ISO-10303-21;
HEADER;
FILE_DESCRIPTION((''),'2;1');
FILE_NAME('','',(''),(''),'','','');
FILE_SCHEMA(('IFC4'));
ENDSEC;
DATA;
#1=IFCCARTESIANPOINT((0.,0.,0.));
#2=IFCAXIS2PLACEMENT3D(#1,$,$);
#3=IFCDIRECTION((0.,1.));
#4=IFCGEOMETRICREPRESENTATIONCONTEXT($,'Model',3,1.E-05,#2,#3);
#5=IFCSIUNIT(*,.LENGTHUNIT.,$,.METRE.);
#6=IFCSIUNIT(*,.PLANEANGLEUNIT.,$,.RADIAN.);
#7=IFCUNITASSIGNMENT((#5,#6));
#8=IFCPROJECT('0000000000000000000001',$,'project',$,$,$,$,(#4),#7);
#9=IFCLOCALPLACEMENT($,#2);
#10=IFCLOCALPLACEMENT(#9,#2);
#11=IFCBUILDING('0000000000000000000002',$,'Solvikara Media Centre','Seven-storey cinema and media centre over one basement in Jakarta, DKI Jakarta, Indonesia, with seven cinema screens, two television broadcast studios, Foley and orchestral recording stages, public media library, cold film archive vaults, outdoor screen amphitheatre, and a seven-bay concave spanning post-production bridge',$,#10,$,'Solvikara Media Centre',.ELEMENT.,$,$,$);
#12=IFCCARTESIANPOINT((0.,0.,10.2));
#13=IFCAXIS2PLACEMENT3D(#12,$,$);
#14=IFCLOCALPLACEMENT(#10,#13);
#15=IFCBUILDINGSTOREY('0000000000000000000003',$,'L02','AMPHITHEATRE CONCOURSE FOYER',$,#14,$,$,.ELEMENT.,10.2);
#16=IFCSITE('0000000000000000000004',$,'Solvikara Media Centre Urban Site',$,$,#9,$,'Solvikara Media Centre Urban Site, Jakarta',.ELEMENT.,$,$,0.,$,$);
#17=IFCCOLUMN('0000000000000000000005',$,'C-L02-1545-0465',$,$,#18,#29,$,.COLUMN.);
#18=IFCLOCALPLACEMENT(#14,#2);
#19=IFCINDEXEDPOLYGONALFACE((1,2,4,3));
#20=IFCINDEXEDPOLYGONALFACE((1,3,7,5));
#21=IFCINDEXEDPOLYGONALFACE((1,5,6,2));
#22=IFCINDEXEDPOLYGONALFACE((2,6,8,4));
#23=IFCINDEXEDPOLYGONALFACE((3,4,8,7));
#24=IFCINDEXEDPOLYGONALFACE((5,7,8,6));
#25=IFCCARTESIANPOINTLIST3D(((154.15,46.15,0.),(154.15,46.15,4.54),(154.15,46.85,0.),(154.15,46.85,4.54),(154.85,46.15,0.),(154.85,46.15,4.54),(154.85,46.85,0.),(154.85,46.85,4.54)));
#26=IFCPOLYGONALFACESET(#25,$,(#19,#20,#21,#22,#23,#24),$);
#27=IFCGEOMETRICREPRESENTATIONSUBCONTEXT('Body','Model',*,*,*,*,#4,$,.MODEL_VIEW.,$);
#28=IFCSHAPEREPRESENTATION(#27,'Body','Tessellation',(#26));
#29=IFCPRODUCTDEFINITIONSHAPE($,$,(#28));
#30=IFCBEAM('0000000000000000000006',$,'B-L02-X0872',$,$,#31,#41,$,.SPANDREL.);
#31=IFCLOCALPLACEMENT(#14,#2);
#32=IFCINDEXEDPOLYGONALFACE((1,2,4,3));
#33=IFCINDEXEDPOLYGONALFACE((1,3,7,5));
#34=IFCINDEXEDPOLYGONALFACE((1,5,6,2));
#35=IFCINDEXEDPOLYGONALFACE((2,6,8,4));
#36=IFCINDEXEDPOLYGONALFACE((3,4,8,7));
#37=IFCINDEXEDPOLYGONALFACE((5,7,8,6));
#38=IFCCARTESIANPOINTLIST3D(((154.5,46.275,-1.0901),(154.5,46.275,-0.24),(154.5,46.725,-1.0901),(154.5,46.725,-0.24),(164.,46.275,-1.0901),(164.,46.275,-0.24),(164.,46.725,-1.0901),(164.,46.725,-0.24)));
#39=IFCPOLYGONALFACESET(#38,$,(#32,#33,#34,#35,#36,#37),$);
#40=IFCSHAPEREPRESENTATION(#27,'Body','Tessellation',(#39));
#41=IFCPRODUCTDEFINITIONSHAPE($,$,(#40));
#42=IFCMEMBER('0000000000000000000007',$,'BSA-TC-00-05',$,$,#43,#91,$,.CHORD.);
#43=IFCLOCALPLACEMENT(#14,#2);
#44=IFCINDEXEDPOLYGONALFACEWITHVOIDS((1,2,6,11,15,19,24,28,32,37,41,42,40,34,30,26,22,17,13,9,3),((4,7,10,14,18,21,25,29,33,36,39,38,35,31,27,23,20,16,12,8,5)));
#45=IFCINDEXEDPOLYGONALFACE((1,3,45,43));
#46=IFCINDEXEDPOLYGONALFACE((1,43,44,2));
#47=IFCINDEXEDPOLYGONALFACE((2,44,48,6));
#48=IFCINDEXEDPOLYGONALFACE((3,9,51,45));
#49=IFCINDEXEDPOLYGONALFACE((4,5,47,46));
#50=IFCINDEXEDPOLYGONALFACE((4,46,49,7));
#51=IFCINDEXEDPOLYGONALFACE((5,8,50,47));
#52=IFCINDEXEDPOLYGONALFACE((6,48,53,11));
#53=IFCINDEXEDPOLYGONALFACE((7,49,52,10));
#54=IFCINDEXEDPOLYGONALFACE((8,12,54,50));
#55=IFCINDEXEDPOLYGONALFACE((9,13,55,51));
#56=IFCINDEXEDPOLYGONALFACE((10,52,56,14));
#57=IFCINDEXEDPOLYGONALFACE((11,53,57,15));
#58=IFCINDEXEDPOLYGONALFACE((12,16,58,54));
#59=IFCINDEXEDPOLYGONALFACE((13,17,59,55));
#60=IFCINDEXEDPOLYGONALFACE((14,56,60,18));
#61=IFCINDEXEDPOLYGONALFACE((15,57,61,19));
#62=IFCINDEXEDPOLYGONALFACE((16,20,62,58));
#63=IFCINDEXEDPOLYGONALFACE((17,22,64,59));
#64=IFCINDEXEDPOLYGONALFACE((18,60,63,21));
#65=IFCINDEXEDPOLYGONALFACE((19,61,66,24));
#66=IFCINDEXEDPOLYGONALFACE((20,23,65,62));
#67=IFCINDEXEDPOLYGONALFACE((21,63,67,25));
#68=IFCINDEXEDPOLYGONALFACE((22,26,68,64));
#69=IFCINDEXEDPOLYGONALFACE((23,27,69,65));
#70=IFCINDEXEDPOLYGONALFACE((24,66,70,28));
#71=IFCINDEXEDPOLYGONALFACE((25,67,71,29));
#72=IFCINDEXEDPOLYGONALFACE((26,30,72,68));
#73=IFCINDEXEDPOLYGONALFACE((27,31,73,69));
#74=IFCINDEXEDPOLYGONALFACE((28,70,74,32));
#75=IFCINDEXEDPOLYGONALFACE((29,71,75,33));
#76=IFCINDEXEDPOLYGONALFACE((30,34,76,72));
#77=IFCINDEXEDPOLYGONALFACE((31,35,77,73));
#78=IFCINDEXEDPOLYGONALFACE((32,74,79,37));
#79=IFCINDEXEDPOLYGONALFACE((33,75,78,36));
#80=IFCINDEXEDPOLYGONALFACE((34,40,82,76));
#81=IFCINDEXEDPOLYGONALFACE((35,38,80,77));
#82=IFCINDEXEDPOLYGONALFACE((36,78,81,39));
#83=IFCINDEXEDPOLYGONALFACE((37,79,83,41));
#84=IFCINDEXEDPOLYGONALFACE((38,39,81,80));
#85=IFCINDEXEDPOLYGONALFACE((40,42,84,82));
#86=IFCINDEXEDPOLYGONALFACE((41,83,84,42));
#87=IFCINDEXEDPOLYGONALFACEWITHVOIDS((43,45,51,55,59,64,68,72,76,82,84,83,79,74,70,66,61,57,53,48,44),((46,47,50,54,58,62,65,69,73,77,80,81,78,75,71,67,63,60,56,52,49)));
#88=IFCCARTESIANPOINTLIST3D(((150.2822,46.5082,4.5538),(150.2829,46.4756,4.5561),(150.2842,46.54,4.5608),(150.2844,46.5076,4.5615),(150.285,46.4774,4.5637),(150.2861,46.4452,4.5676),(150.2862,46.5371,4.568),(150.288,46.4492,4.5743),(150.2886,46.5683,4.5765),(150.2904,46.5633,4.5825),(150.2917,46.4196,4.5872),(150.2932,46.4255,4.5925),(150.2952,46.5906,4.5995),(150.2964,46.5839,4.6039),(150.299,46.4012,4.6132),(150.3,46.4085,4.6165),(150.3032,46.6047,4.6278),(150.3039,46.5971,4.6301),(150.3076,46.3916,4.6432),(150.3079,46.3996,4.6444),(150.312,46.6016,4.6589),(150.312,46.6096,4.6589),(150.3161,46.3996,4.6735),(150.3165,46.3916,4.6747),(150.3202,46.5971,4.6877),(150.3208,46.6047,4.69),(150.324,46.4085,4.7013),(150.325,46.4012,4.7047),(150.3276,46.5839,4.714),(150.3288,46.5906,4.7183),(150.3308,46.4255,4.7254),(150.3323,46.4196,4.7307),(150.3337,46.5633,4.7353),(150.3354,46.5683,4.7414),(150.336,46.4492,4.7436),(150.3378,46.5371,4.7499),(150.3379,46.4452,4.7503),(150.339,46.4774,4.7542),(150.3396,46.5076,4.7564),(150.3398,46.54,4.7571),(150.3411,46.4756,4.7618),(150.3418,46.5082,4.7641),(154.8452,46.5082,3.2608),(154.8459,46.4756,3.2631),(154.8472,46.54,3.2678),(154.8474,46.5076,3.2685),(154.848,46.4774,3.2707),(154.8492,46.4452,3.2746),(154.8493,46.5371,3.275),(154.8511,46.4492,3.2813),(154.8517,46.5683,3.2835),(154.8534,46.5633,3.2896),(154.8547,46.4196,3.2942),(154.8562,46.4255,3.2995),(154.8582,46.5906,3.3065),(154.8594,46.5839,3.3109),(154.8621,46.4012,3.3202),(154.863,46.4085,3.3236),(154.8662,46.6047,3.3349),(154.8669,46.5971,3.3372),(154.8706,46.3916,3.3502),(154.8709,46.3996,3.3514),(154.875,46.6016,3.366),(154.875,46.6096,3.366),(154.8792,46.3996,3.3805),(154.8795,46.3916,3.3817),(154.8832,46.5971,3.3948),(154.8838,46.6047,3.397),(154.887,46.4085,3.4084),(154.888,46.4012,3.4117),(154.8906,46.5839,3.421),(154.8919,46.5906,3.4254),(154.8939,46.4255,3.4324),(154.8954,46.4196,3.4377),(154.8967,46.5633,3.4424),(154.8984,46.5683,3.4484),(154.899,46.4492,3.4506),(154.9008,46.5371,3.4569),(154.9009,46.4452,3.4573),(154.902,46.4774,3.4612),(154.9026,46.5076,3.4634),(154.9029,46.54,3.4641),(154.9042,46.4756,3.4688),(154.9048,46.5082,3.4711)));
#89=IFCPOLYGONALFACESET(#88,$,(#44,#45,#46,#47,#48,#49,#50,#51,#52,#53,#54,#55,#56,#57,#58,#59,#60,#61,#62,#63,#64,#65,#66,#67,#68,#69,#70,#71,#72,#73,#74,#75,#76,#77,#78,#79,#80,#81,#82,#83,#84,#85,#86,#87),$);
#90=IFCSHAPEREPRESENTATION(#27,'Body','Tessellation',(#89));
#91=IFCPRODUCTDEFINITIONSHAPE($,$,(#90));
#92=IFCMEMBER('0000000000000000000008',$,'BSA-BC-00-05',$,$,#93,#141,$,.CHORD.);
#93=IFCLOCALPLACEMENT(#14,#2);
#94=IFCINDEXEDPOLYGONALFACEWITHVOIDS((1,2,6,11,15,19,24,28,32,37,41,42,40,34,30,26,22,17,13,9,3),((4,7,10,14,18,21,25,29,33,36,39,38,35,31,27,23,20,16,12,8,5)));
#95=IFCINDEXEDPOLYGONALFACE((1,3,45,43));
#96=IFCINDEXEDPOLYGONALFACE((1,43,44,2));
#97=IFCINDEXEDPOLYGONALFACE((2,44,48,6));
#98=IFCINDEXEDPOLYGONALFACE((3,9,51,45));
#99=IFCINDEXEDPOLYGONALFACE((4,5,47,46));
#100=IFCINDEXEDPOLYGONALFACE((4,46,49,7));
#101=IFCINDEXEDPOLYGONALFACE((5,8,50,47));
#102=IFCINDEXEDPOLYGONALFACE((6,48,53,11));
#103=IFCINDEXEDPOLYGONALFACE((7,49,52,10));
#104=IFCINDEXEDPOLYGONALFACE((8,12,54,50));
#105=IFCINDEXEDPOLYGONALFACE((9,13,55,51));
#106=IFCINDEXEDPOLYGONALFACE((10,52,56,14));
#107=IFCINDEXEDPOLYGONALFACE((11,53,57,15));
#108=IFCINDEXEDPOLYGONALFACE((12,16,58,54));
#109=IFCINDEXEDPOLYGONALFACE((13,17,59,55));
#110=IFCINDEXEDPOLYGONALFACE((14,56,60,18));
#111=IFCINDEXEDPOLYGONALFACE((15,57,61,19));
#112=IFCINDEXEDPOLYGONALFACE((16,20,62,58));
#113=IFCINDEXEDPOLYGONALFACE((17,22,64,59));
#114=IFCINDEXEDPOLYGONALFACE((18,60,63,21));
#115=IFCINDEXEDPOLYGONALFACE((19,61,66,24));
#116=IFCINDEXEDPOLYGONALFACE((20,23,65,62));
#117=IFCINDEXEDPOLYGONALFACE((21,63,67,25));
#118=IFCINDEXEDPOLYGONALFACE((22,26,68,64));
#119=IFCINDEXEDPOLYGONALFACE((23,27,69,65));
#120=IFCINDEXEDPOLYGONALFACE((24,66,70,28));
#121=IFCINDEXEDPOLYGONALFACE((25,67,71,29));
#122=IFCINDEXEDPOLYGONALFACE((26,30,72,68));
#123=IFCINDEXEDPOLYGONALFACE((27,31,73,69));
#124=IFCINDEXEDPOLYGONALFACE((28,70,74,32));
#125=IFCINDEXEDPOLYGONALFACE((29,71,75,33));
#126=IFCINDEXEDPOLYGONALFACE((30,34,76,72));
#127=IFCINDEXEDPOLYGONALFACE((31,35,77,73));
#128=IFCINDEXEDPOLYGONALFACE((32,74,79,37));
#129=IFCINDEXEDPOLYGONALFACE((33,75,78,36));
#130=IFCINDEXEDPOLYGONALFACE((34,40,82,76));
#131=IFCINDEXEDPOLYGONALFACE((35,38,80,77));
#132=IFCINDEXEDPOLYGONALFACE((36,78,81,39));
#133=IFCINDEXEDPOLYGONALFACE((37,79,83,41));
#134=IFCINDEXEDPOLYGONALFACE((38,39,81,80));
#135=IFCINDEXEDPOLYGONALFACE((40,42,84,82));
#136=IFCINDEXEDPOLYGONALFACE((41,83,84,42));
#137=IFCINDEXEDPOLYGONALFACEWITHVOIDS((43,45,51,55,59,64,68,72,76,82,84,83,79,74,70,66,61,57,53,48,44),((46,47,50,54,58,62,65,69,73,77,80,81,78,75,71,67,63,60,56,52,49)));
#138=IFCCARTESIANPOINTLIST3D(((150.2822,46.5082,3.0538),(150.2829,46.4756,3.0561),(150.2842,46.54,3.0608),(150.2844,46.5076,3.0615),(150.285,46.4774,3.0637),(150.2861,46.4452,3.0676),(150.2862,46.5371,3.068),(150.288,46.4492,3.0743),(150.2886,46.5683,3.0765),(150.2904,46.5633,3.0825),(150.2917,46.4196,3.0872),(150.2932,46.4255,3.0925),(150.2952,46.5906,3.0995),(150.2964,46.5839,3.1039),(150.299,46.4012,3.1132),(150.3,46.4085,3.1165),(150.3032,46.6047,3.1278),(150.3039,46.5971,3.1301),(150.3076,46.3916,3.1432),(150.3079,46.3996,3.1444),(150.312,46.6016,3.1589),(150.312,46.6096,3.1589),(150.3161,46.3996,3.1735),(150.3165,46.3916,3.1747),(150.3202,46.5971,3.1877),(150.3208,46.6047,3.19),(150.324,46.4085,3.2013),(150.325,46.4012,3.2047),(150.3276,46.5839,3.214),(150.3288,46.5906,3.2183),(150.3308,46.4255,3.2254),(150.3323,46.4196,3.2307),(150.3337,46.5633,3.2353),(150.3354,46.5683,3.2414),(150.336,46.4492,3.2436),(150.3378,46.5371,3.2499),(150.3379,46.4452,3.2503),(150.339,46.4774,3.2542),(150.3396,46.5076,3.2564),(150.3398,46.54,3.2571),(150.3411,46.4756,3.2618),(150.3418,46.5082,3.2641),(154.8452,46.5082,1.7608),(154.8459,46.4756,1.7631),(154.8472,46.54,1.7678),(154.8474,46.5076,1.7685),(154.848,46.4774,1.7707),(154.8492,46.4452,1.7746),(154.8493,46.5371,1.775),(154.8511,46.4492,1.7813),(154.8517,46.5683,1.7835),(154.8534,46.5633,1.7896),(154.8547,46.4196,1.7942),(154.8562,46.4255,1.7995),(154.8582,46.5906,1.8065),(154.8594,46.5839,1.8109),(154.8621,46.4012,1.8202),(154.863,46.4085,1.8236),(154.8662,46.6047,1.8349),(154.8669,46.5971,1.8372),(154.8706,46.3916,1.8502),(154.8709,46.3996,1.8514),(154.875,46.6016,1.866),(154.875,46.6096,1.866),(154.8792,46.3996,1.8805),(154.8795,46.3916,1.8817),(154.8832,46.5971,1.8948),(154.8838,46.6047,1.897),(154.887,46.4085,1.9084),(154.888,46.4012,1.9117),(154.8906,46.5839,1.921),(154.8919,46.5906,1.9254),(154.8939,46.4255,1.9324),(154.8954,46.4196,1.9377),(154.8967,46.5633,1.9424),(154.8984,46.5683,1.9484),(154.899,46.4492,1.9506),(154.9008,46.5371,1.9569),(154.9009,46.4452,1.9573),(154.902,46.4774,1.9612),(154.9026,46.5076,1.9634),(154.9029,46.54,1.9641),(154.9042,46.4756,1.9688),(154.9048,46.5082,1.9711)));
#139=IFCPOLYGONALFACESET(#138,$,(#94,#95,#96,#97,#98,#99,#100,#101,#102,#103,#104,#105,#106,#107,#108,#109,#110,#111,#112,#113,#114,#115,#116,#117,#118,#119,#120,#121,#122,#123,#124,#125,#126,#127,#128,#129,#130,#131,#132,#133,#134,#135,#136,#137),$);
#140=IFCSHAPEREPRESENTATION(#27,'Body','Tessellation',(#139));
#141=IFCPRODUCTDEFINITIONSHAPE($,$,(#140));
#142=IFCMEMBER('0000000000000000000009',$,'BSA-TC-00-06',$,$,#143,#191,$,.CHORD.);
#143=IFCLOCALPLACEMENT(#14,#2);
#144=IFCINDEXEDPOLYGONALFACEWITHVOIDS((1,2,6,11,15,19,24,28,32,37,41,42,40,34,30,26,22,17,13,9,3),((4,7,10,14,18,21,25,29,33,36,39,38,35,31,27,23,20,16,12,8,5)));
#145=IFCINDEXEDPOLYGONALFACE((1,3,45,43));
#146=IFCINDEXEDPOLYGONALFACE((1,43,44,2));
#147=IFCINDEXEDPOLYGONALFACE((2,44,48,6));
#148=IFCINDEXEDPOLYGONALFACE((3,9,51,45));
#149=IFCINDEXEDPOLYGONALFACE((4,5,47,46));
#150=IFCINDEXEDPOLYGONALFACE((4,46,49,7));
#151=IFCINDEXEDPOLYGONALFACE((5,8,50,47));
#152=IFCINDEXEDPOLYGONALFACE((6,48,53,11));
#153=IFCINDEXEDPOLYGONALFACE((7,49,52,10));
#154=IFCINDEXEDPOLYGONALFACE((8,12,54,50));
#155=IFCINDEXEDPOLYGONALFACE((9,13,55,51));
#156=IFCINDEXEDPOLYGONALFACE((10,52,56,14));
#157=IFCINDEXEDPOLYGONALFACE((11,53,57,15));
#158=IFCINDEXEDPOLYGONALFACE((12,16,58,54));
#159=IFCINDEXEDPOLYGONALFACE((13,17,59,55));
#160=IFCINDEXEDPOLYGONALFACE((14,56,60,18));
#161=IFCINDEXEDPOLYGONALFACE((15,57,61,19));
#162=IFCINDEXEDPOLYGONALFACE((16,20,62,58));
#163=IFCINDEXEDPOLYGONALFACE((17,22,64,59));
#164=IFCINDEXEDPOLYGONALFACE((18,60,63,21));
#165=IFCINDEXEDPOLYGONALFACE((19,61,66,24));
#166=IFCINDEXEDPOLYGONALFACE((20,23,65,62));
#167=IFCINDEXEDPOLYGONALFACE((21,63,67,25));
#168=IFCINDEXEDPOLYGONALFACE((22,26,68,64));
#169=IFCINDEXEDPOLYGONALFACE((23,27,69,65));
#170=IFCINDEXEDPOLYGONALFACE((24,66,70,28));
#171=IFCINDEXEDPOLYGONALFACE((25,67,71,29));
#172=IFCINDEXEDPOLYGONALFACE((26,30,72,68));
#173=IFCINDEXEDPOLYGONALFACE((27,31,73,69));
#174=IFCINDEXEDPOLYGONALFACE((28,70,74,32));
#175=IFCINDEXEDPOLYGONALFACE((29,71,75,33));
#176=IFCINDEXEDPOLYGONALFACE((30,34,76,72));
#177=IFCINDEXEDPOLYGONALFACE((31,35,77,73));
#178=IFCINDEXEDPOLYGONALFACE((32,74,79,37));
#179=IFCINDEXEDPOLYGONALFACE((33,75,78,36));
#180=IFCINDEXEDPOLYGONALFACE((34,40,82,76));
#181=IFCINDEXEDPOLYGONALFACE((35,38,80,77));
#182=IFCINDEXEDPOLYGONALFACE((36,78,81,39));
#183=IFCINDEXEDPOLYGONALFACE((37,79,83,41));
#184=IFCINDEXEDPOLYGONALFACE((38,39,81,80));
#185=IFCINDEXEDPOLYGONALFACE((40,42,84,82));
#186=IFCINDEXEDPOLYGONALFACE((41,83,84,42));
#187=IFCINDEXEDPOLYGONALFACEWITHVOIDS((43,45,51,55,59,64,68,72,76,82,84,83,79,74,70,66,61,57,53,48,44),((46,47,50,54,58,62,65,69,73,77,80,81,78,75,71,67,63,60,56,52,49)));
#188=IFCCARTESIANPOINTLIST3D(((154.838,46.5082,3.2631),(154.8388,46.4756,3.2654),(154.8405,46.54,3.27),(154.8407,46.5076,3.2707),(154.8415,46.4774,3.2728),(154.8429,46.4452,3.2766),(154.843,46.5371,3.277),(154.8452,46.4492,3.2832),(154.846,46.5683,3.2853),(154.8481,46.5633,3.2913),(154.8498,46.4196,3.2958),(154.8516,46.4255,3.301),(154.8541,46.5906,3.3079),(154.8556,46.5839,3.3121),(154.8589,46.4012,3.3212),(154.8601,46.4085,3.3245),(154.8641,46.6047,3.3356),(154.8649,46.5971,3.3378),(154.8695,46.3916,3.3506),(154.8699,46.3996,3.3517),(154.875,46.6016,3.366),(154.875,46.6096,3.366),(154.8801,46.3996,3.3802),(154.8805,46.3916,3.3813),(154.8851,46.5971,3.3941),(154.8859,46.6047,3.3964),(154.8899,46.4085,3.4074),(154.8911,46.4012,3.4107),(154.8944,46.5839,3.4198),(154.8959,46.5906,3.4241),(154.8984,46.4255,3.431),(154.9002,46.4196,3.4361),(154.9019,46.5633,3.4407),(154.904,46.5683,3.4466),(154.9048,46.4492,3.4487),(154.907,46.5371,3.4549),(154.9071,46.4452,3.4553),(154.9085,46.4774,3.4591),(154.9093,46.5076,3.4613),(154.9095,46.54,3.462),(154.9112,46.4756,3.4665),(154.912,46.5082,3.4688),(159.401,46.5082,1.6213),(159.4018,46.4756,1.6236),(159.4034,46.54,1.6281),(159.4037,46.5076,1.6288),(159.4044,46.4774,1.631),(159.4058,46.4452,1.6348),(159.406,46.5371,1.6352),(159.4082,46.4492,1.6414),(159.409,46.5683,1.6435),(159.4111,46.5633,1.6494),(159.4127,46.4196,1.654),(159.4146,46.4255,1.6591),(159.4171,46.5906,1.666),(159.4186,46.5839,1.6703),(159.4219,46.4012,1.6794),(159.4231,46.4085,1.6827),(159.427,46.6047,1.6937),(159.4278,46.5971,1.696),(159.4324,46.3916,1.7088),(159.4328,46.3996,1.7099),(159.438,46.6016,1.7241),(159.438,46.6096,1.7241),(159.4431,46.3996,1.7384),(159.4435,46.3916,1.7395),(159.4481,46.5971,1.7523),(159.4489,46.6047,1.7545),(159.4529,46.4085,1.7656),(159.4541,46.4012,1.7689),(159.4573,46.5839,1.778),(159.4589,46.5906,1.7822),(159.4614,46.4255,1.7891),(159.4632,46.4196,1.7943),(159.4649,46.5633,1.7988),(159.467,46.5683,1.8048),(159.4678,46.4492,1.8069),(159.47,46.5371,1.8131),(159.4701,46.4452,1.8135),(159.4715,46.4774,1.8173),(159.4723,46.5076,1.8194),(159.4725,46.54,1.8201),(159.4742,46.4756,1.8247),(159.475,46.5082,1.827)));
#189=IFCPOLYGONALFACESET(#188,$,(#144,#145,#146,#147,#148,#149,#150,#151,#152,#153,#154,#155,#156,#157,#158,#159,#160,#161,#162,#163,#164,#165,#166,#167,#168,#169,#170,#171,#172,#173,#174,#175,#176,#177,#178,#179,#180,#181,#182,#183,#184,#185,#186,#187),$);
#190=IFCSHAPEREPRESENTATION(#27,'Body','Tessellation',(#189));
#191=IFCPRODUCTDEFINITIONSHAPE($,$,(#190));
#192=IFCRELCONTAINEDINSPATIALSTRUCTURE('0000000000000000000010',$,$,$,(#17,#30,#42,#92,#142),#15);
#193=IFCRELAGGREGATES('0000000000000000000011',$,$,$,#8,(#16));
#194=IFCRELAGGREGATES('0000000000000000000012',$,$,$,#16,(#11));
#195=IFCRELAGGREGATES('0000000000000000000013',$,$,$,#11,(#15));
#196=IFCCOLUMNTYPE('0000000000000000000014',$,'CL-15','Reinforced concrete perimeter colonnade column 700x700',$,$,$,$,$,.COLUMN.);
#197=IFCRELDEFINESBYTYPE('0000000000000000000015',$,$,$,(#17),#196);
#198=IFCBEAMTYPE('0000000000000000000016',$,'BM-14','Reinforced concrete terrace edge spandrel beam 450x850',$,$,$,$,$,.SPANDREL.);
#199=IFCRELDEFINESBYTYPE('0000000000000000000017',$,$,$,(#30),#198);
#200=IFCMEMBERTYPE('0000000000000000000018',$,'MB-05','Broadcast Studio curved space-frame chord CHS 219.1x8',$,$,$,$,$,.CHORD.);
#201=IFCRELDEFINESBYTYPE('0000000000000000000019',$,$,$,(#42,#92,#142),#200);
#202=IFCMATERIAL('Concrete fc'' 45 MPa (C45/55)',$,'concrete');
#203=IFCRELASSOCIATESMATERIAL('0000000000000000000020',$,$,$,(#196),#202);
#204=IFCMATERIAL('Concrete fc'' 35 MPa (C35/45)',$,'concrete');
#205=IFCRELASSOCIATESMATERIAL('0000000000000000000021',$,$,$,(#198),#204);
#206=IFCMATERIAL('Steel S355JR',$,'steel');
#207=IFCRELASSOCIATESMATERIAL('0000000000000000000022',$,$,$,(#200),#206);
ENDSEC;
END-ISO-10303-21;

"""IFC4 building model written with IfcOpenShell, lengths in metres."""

from ifc_helpers import new_model, si_unit, direction, frame, origin, origin_2d, place, context, subcontext, project, spatial, rectangle, hollow_circle, extrude, material, material_profile, profile_set, type_object, element, save


model = new_model("IFC4")

# Units and contexts
model_context = context("Model", 3, precision=1e-05, world=origin(), true_north=direction((0.0, 1.0)))
body_context = subcontext(model_context, "Body", "Model", "MODEL_VIEW")
ifc_project = project(units=[si_unit("LENGTHUNIT", "METRE"), si_unit("PLANEANGLEUNIT", "RADIAN")], contexts=[model_context])

# Site, building, storey
site_placement = place(None, origin())
site = spatial("IfcSite", under=ifc_project, at=site_placement, Name="Solvikara Media Centre Urban Site", LongName="Solvikara Media Centre Urban Site, Jakarta", CompositionType="ELEMENT", RefElevation=0.0)
building_placement = place(site_placement, origin())
building = spatial("IfcBuilding", under=site, at=building_placement, Name="Solvikara Media Centre", Description="Seven-storey cinema and media centre over one basement in Jakarta, DKI Jakarta, Indonesia, with seven cinema screens, two television broadcast studios, Foley and orchestral recording stages, public media library, cold film archive vaults, outdoor screen amphitheatre, and a seven-bay concave spanning post-production bridge", LongName="Solvikara Media Centre", CompositionType="ELEMENT")
storey_placement = place(building_placement, frame((0.0, 0.0, 10.2)))
storey = spatial("IfcBuildingStorey", under=building, at=storey_placement, Name="L02", Description="AMPHITHEATRE CONCOURSE FOYER", CompositionType="ELEMENT", Elevation=10.2)

# Column
ifc_material_1 = material(Name="Concrete fc' 45 MPa (C45/55)", Category="concrete")
ifc_material_profile_1 = material_profile(ifc_material_1, rectangle(XDim=0.7, YDim=0.7, at=origin_2d()), Name="RC 700x700")
ifc_profile_set_1 = profile_set([ifc_material_profile_1], Name="Concrete fc' 45 MPa (C45/55)")
column_type = type_object("IfcColumnType", Name="CL-15", Description="Reinforced concrete perimeter colonnade column 700x700", PredefinedType="COLUMN", material=ifc_profile_set_1)
column_placement = place(storey_placement, frame((154.5, 46.5, 0.0), z_axis=(0.0, 0.0, 1.0), x_axis=(1.0, 0.0, 0.0)))
element("IfcColumn", 1, at=column_placement, inside=storey, type_object=column_type, Name="C-L02-1545-0465", PredefinedType="COLUMN", context=body_context, shape_type="SweptSolid", body=[
    extrude(rectangle(XDim=0.7, YDim=0.7, at=origin_2d()), origin(), (0.0, 0.0, 1.0), 4.54),
])

# Beam
ifc_material_2 = material(Name="Concrete fc' 35 MPa (C35/45)", Category="concrete")
ifc_material_profile_2 = material_profile(ifc_material_2, rectangle(XDim=0.45, YDim=0.8501, at=origin_2d()), Name="RC 450x850")
ifc_profile_set_2 = profile_set([ifc_material_profile_2], Name="Concrete fc' 35 MPa (C35/45)")
beam_type = type_object("IfcBeamType", Name="BM-14", Description="Reinforced concrete terrace edge spandrel beam 450x850", PredefinedType="SPANDREL", material=ifc_profile_set_2)
beam_placement = place(storey_placement, frame((154.5, 46.5, -0.665), z_axis=(1.0, 0.0, 0.0), x_axis=(0.0, 1.0, 0.0)))
element("IfcBeam", 2, at=beam_placement, inside=storey, type_object=beam_type, Name="B-L02-X0872", PredefinedType="SPANDREL", context=body_context, shape_type="SweptSolid", body=[
    extrude(rectangle(XDim=0.45, YDim=0.8501, at=origin_2d()), origin(), (0.0, 0.0, 1.0), 9.5),
])

# Members
ifc_material_3 = material(Name="Steel S355JR", Category="steel")
ifc_material_profile_3 = material_profile(ifc_material_3, hollow_circle(Radius=0.1096, WallThickness=0.0081, at=origin_2d()), Name="CHS 219.1x8")
ifc_profile_set_3 = profile_set([ifc_material_profile_3], Name="Steel S355JR")
member_type_1 = type_object("IfcMemberType", Name="MB-05", Description="Broadcast Studio curved space-frame chord CHS 219.1x8", PredefinedType="CHORD", material=ifc_profile_set_3)
for number, where, z_axis, x_axis, name in (
    (3, (150.312, 46.5, 4.6589), (0.96212, 0.0, -0.272626), (0.0, 1.0, 0.0), "BSA-TC-00-05"),
    (4, (150.312, 46.5, 3.1589), (0.96212, 0.0, -0.272626), (0.0, 1.0, 0.0), "BSA-BC-00-05"),
):
    element("IfcMember", number, at=place(storey_placement, frame(where, z_axis=z_axis, x_axis=x_axis)), inside=storey, type_object=member_type_1, Name=name, PredefinedType="CHORD", context=body_context, shape_type="SweptSolid", body=[
        extrude(hollow_circle(Radius=0.1096, WallThickness=0.0081, at=origin_2d()), origin(), (0.0, 0.0, 1.0), 4.7427),
    ])
member_1_placement = place(storey_placement, frame((154.875, 46.5, 3.366), z_axis=(0.940942, 0.0, -0.338568), x_axis=(0.0, 1.0, 0.0)))
element("IfcMember", 5, at=member_1_placement, inside=storey, type_object=member_type_1, Name="BSA-TC-00-06", PredefinedType="CHORD", context=body_context, shape_type="SweptSolid", body=[
    extrude(hollow_circle(Radius=0.1096, WallThickness=0.0081, at=origin_2d()), origin(), (0.0, 0.0, 1.0), 4.8494),
])

save(model, "model.ifc")
